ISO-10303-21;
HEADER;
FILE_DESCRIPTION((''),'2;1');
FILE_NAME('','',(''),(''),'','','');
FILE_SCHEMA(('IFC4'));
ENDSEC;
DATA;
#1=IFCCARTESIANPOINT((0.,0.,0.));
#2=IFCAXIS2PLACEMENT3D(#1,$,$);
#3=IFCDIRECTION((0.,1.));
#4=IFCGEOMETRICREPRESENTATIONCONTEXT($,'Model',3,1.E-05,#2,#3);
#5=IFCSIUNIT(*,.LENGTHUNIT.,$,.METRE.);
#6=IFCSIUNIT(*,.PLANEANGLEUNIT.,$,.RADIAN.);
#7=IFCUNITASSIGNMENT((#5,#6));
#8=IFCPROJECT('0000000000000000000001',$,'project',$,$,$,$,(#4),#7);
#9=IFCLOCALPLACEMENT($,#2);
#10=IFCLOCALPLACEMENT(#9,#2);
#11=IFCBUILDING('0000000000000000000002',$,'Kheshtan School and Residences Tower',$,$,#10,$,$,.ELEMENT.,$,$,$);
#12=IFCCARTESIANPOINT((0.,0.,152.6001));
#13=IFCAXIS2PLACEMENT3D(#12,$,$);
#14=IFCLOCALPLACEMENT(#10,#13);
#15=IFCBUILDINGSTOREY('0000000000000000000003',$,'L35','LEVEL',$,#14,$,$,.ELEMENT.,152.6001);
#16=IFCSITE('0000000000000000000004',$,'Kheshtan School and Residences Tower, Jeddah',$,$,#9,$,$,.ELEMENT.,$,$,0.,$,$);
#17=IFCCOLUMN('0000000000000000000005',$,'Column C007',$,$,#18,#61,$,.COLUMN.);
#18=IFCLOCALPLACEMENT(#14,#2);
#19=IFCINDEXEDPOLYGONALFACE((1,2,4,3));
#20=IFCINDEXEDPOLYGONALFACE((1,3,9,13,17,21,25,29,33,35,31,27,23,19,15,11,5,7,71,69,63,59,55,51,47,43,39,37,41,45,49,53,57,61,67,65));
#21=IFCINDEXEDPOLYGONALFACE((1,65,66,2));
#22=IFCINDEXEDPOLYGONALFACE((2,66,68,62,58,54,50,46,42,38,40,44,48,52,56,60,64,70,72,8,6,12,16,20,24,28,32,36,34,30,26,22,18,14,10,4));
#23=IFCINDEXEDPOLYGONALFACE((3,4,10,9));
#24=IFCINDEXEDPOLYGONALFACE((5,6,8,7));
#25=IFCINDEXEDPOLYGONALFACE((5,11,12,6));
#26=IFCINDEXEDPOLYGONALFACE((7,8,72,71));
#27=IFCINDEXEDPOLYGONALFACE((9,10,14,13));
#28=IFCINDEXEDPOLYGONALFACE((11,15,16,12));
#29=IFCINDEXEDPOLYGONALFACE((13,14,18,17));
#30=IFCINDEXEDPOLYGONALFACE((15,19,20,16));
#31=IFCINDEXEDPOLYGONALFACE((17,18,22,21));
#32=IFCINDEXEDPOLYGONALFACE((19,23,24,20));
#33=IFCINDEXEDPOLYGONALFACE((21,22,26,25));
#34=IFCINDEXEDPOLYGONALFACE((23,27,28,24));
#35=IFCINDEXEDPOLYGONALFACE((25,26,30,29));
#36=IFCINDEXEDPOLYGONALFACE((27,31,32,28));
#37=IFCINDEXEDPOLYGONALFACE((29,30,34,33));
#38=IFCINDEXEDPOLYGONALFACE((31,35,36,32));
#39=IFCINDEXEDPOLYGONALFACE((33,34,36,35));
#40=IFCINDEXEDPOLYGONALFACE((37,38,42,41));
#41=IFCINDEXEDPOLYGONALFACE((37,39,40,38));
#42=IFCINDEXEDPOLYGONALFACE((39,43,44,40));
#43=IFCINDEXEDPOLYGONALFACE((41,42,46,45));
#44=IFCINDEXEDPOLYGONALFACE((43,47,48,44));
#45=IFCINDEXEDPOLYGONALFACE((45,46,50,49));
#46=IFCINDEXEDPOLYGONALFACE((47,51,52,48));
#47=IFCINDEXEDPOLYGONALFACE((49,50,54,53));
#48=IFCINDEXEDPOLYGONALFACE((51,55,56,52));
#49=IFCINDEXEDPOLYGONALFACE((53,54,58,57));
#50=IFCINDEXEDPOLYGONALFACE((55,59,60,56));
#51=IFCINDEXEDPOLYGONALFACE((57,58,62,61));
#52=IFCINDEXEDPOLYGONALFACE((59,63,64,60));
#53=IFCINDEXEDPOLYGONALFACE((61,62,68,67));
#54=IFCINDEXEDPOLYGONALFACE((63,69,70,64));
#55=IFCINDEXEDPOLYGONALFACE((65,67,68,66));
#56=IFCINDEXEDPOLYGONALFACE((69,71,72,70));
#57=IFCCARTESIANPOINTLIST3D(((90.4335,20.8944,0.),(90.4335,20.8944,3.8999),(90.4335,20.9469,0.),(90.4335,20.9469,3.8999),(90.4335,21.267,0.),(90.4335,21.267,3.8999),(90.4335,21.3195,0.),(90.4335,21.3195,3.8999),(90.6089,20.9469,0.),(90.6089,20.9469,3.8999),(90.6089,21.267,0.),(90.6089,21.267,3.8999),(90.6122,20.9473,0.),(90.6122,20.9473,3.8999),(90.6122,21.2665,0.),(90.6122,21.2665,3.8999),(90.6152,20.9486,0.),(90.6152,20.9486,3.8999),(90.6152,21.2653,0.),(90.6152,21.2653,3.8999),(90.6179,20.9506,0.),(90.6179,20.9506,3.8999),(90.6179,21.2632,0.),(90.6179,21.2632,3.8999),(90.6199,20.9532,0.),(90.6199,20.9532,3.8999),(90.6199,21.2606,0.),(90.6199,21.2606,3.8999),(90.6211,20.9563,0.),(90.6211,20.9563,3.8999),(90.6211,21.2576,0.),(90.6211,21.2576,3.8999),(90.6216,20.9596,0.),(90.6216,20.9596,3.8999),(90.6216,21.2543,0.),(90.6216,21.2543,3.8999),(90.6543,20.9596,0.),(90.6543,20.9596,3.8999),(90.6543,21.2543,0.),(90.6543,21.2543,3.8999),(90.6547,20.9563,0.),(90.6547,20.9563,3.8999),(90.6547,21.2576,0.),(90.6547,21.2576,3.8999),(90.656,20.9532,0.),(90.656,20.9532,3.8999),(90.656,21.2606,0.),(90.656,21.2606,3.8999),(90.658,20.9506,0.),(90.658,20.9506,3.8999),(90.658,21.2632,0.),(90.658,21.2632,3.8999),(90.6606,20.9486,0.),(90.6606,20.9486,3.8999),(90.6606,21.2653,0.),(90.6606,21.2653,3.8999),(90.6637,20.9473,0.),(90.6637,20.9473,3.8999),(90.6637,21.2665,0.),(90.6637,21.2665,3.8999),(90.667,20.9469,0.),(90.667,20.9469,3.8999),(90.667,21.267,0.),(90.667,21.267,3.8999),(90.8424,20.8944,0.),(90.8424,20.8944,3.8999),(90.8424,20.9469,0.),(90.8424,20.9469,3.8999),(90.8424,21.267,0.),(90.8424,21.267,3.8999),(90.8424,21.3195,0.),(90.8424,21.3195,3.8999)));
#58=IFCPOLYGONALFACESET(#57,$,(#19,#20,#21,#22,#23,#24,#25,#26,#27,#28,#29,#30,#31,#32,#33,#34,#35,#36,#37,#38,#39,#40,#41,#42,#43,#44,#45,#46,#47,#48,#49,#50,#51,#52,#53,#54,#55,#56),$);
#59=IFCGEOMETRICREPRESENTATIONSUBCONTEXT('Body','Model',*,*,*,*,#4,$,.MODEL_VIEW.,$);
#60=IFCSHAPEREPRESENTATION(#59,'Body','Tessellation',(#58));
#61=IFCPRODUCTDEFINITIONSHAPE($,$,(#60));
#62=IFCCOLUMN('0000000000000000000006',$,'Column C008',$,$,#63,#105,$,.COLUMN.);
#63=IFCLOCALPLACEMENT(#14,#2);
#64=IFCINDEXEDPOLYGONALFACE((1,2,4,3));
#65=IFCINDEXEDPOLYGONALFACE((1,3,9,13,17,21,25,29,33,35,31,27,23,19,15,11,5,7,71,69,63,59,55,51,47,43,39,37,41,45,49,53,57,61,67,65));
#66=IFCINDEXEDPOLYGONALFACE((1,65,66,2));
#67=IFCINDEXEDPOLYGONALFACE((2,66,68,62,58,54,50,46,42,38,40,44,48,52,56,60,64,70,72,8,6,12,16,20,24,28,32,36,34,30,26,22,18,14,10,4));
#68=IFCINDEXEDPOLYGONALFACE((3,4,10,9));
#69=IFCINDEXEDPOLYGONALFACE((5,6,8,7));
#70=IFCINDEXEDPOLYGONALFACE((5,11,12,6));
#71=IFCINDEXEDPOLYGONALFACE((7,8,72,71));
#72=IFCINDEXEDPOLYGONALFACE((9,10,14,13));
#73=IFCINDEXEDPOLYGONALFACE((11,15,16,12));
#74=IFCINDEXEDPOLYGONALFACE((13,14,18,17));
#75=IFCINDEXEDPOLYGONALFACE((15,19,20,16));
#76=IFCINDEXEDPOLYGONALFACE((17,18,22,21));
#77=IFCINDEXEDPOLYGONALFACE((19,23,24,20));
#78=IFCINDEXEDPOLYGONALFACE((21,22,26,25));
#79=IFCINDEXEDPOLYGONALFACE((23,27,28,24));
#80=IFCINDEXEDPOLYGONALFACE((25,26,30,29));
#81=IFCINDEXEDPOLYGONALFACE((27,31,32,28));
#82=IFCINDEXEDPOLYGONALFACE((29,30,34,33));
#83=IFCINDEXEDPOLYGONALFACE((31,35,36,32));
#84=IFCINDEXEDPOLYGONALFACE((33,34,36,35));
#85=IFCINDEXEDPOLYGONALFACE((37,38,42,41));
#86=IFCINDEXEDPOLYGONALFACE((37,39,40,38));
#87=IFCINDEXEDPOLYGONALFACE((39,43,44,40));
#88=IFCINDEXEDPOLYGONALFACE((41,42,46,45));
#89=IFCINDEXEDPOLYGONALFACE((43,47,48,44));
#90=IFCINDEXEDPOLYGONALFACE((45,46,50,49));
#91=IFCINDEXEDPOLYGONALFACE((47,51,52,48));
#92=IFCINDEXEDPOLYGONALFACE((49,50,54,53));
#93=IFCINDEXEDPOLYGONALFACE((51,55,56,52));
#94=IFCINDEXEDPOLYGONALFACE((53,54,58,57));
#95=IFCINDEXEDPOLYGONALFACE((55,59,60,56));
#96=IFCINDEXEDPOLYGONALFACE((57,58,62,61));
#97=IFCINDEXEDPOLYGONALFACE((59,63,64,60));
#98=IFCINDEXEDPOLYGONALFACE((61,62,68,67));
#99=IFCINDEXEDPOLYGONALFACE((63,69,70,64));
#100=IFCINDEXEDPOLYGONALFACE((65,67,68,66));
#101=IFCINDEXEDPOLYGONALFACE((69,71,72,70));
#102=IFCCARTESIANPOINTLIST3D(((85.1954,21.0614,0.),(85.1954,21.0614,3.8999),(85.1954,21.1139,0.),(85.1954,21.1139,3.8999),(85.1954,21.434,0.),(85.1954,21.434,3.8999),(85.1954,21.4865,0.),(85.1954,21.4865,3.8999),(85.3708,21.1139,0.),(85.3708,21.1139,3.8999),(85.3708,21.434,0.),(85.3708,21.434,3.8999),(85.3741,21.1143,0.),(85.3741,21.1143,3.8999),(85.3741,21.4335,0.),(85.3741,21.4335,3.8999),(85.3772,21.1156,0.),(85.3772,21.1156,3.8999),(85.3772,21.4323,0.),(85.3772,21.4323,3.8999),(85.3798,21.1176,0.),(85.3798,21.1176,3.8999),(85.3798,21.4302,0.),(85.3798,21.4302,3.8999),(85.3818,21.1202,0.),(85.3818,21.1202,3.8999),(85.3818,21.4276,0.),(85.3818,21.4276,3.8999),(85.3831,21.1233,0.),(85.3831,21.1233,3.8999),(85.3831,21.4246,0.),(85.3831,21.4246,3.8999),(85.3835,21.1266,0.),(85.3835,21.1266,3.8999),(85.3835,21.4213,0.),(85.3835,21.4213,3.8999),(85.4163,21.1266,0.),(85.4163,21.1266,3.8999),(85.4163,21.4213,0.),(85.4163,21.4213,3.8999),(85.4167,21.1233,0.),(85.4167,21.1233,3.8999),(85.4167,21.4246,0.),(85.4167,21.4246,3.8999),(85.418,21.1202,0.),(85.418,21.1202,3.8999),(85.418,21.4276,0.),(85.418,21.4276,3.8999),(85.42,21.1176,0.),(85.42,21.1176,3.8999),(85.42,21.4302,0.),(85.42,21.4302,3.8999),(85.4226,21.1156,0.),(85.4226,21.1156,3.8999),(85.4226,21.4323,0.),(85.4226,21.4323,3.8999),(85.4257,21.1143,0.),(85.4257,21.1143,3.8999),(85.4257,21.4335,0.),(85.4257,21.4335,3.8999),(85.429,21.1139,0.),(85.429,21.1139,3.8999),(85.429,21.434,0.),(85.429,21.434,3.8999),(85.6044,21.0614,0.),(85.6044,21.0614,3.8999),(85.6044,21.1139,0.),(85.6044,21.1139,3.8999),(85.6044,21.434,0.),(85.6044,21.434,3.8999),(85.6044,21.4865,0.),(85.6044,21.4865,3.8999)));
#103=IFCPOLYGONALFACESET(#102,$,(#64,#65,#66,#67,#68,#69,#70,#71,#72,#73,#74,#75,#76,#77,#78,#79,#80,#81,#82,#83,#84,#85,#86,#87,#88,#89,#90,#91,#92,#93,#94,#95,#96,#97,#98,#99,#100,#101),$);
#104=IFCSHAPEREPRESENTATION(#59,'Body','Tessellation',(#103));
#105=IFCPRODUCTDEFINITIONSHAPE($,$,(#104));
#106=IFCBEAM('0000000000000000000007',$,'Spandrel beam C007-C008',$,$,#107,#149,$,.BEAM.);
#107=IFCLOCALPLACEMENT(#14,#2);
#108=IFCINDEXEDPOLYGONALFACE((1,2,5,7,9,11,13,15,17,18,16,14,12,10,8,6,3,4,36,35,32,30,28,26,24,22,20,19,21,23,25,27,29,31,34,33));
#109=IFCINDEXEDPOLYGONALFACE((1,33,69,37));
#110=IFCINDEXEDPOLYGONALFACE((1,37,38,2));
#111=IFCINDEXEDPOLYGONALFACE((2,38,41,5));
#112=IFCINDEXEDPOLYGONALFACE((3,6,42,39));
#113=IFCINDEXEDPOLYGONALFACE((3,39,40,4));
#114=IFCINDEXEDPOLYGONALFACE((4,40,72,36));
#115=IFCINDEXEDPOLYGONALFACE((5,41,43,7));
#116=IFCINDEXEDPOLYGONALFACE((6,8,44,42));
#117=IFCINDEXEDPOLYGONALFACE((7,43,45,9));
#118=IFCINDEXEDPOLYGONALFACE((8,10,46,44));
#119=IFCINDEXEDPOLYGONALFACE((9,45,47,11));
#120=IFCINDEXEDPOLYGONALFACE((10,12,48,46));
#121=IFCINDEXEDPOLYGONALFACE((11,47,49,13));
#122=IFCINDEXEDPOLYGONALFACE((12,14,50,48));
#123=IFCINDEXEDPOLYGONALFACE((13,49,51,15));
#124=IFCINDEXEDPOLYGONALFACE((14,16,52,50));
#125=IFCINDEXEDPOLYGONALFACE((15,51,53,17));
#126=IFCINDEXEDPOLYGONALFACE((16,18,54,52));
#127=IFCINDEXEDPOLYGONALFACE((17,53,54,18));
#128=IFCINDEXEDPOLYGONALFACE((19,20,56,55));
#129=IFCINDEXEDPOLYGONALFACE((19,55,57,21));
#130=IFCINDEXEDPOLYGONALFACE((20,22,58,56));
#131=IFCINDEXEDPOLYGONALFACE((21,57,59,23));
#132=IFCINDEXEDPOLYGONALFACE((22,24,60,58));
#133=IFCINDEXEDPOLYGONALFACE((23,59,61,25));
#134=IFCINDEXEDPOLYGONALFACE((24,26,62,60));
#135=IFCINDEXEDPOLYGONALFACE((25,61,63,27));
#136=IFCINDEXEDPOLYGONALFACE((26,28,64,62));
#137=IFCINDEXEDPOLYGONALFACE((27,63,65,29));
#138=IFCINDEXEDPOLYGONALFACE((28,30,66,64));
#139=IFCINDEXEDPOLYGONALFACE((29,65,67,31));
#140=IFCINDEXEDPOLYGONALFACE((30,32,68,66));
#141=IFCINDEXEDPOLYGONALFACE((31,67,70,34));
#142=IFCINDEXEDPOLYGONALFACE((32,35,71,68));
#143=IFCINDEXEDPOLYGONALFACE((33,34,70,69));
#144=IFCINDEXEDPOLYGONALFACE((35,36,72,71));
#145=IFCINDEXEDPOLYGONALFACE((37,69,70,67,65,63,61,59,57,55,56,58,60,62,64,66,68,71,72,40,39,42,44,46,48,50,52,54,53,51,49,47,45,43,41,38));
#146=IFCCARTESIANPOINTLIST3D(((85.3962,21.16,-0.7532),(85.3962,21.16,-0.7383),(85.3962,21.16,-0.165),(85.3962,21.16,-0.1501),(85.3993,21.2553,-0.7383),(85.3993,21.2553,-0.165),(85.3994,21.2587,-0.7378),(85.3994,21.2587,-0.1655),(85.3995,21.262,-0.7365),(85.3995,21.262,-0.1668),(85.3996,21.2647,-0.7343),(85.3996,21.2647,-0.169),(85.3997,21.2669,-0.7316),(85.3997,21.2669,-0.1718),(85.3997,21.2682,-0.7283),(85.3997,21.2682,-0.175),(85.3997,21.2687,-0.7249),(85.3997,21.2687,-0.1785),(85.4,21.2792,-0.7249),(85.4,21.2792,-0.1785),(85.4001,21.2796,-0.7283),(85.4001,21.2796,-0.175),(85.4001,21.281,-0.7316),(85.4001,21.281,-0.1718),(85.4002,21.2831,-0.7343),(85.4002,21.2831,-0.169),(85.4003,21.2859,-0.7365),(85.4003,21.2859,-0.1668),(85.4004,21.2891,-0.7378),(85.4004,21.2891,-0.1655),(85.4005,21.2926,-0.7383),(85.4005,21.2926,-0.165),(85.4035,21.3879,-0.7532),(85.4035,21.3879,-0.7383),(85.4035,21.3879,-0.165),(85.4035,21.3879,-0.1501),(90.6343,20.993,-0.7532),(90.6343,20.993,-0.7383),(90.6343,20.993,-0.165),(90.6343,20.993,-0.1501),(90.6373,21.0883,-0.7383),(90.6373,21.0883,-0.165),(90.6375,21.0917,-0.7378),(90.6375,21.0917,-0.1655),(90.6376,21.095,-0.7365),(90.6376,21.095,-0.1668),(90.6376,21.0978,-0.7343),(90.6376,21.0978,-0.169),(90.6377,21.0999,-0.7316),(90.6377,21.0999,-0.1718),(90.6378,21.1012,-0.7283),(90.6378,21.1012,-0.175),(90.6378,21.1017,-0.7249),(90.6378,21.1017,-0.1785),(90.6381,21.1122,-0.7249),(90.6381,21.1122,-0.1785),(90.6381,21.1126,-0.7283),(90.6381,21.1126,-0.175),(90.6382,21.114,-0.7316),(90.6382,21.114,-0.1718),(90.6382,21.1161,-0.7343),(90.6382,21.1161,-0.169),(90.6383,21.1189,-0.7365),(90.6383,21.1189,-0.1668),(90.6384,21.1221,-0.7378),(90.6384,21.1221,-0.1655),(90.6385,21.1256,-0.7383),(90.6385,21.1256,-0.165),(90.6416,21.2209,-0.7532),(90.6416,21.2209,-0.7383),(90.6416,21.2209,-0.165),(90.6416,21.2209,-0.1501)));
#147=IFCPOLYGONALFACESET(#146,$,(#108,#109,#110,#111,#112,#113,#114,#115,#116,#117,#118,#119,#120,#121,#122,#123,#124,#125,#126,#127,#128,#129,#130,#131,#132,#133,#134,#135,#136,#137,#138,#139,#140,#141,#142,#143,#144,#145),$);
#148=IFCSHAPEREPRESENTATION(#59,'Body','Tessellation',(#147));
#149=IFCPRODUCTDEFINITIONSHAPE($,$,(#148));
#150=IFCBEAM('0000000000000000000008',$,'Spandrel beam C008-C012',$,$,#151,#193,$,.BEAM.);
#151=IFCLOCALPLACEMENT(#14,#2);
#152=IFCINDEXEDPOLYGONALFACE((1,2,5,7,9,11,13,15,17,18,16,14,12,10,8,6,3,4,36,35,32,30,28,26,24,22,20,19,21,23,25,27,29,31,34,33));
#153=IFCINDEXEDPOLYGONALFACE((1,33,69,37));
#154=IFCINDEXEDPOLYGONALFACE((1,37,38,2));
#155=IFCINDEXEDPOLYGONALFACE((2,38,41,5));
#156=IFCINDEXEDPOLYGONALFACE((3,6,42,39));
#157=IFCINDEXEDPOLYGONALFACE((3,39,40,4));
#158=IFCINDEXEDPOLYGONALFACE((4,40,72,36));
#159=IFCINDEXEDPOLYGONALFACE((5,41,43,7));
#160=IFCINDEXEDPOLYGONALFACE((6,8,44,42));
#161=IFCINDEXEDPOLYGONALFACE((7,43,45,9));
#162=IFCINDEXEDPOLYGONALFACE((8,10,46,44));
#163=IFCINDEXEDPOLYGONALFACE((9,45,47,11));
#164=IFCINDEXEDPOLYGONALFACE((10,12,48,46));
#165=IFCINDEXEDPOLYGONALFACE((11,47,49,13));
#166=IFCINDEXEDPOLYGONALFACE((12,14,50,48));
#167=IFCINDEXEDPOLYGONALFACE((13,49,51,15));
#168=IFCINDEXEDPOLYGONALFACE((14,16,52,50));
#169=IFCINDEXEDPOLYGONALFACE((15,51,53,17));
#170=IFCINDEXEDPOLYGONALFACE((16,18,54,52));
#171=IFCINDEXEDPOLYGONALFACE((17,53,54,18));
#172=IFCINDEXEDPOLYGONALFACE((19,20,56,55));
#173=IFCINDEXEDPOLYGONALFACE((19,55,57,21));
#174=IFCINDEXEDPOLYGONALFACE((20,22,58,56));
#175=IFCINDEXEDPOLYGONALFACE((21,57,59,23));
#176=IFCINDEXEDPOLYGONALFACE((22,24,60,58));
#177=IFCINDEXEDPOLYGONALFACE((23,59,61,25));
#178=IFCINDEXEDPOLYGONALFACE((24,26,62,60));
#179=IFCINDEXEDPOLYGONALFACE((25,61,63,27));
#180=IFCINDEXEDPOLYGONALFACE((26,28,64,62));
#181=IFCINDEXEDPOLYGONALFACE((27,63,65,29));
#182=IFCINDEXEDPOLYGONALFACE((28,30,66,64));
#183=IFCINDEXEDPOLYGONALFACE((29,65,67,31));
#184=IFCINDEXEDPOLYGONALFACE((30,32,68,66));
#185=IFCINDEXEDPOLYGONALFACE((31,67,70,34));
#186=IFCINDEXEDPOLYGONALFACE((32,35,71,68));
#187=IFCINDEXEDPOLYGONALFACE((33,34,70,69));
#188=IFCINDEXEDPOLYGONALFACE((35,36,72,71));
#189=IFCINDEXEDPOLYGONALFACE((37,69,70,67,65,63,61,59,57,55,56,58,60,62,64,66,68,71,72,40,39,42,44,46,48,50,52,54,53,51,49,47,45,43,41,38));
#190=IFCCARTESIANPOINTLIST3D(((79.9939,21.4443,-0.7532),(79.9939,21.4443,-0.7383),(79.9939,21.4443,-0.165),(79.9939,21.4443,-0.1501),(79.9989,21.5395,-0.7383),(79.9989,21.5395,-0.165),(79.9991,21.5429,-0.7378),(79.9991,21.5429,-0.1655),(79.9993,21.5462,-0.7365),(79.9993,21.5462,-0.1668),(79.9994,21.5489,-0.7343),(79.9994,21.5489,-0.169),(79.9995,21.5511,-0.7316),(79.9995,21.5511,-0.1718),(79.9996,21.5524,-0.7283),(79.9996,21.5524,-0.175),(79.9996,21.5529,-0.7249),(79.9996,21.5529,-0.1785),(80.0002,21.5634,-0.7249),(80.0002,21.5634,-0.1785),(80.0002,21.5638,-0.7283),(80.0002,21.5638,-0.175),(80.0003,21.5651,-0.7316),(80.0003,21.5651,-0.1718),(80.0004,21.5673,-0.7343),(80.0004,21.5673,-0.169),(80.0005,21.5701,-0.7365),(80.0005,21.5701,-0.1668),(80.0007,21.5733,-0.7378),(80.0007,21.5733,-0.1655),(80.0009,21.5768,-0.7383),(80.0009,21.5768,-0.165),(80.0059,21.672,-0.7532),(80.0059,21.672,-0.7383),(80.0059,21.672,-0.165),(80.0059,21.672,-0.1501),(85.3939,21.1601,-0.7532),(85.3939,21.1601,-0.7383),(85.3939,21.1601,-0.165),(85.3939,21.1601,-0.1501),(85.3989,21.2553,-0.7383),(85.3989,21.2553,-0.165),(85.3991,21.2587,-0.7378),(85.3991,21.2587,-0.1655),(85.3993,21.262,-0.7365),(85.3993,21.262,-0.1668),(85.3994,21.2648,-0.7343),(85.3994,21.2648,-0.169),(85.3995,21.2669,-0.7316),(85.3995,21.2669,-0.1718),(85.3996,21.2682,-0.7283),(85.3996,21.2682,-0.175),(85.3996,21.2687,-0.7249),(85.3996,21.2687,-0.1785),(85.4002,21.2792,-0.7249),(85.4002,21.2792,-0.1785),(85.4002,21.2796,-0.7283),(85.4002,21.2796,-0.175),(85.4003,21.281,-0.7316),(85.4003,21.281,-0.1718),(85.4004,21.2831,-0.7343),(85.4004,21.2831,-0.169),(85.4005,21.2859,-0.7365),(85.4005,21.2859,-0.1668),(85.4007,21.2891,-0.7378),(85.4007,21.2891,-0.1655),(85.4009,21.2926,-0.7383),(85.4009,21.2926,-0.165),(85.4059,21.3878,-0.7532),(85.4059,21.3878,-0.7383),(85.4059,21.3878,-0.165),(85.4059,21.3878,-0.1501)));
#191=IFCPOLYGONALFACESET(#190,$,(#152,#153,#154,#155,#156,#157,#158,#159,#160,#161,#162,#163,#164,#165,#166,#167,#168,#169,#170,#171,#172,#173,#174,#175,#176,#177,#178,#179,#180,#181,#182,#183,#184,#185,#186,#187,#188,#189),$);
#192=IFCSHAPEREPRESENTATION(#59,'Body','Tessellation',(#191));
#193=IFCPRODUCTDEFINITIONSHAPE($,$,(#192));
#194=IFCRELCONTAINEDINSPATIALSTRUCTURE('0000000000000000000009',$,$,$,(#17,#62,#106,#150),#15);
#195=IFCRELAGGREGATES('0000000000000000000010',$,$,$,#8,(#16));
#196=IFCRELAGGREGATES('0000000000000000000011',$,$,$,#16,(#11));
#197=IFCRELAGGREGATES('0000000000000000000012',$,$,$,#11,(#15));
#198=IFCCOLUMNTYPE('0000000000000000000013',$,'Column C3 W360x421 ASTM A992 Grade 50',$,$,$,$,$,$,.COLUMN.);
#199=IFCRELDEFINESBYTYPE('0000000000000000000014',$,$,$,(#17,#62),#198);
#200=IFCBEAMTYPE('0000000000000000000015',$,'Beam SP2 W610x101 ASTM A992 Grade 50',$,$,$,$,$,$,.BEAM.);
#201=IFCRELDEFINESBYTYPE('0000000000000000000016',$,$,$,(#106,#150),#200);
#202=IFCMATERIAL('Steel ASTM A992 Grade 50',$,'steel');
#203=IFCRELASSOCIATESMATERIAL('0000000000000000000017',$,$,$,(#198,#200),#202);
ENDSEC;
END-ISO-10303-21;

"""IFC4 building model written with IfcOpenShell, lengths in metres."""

from ifc_helpers import new_model, si_unit, direction, frame, origin, origin_2d, place, context, subcontext, project, spatial, i_section, extrude, material, material_profile, profile_set, type_object, element, save


model = new_model("IFC4")

# Units and contexts
model_context = context("Model", 3, precision=1e-05, world=origin(), true_north=direction((0.0, 1.0)))
body_context = subcontext(model_context, "Body", "Model", "MODEL_VIEW")
ifc_project = project(units=[si_unit("LENGTHUNIT", "METRE"), si_unit("PLANEANGLEUNIT", "RADIAN")], contexts=[model_context])

# Site, building, storey
site_placement = place(None, origin())
site = spatial("IfcSite", under=ifc_project, at=site_placement, Name="Kheshtan School and Residences Tower, Jeddah", CompositionType="ELEMENT", RefElevation=0.0)
building_placement = place(site_placement, origin())
building = spatial("IfcBuilding", under=site, at=building_placement, Name="Kheshtan School and Residences Tower", CompositionType="ELEMENT")
storey_placement = place(building_placement, frame((0.0, 0.0, 152.6001)))
storey = spatial("IfcBuildingStorey", under=building, at=storey_placement, Name="L35", Description="LEVEL", CompositionType="ELEMENT", Elevation=152.6001)

# Columns
ifc_material_1 = material(Name="Steel ASTM A992 Grade 50", Category="steel")
ifc_material_profile_1 = material_profile(ifc_material_1, i_section(OverallWidth=0.4089, OverallDepth=0.425, WebThickness=0.0327, FlangeThickness=0.0525, FilletRadius=0.0127, at=origin_2d()), Name="W360x421")
ifc_profile_set_1 = profile_set([ifc_material_profile_1], Name="Steel ASTM A992 Grade 50")
column_type = type_object("IfcColumnType", Name="Column C3 W360x421 ASTM A992 Grade 50", PredefinedType="COLUMN", material=ifc_profile_set_1)
for number, where, z_axis, x_axis, name in (
    (1, (90.6379, 21.1069, 0.0), (0.0, 0.0, 1.0), (1.0, 0.0, 0.0), "Column C007"),
    (2, (85.3999, 21.2739, 0.0), (0.0, 0.0, 1.0), (1.0, 0.0, 0.0), "Column C008"),
):
    element("IfcColumn", number, at=place(storey_placement, frame(where, z_axis=z_axis, x_axis=x_axis)), inside=storey, type_object=column_type, Name=name, PredefinedType="COLUMN", context=body_context, shape_type="SweptSolid", body=[
        extrude(i_section(OverallWidth=0.4089, OverallDepth=0.425, WebThickness=0.0327, FlangeThickness=0.0525, FilletRadius=0.0127, at=origin_2d()), origin(), (0.0, 0.0, 1.0), 3.8999),
    ])

# Beams
ifc_material_profile_2 = material_profile(ifc_material_1, i_section(OverallWidth=0.228, OverallDepth=0.603, WebThickness=0.0105, FlangeThickness=0.0149, FilletRadius=0.0134, at=origin_2d()), Name="W610x101")
ifc_profile_set_2 = profile_set([ifc_material_profile_2], Name="Steel ASTM A992 Grade 50")
beam_type = type_object("IfcBeamType", Name="Beam SP2 W610x101 ASTM A992 Grade 50", PredefinedType="BEAM", material=ifc_profile_set_2)
beam_1_placement = place(storey_placement, frame((90.6379, 21.1069, -0.4517), z_axis=(-0.999492, 0.031864, 0.0), x_axis=(-0.031864, -0.999492, 0.0)))
element("IfcBeam", 3, at=beam_1_placement, inside=storey, type_object=beam_type, Name="Spandrel beam C007-C008", PredefinedType="BEAM", context=body_context, shape_type="SweptSolid", body=[
    extrude(i_section(OverallWidth=0.228, OverallDepth=0.603, WebThickness=0.0105, FlangeThickness=0.0149, FilletRadius=0.0134, at=origin_2d()), origin(), (0.0, 0.0, 1.0), 5.2407),
])
beam_2_placement = place(storey_placement, frame((85.3999, 21.2739, -0.4517), z_axis=(-0.998618, 0.052554, 0.0), x_axis=(-0.052554, -0.998618, 0.0)))
element("IfcBeam", 4, at=beam_2_placement, inside=storey, type_object=beam_type, Name="Spandrel beam C008-C012", PredefinedType="BEAM", context=body_context, shape_type="SweptSolid", body=[
    extrude(i_section(OverallWidth=0.228, OverallDepth=0.603, WebThickness=0.0105, FlangeThickness=0.0149, FilletRadius=0.0134, at=origin_2d()), origin(), (0.0, 0.0, 1.0), 5.4075),
])

save(model, "model.ifc")
